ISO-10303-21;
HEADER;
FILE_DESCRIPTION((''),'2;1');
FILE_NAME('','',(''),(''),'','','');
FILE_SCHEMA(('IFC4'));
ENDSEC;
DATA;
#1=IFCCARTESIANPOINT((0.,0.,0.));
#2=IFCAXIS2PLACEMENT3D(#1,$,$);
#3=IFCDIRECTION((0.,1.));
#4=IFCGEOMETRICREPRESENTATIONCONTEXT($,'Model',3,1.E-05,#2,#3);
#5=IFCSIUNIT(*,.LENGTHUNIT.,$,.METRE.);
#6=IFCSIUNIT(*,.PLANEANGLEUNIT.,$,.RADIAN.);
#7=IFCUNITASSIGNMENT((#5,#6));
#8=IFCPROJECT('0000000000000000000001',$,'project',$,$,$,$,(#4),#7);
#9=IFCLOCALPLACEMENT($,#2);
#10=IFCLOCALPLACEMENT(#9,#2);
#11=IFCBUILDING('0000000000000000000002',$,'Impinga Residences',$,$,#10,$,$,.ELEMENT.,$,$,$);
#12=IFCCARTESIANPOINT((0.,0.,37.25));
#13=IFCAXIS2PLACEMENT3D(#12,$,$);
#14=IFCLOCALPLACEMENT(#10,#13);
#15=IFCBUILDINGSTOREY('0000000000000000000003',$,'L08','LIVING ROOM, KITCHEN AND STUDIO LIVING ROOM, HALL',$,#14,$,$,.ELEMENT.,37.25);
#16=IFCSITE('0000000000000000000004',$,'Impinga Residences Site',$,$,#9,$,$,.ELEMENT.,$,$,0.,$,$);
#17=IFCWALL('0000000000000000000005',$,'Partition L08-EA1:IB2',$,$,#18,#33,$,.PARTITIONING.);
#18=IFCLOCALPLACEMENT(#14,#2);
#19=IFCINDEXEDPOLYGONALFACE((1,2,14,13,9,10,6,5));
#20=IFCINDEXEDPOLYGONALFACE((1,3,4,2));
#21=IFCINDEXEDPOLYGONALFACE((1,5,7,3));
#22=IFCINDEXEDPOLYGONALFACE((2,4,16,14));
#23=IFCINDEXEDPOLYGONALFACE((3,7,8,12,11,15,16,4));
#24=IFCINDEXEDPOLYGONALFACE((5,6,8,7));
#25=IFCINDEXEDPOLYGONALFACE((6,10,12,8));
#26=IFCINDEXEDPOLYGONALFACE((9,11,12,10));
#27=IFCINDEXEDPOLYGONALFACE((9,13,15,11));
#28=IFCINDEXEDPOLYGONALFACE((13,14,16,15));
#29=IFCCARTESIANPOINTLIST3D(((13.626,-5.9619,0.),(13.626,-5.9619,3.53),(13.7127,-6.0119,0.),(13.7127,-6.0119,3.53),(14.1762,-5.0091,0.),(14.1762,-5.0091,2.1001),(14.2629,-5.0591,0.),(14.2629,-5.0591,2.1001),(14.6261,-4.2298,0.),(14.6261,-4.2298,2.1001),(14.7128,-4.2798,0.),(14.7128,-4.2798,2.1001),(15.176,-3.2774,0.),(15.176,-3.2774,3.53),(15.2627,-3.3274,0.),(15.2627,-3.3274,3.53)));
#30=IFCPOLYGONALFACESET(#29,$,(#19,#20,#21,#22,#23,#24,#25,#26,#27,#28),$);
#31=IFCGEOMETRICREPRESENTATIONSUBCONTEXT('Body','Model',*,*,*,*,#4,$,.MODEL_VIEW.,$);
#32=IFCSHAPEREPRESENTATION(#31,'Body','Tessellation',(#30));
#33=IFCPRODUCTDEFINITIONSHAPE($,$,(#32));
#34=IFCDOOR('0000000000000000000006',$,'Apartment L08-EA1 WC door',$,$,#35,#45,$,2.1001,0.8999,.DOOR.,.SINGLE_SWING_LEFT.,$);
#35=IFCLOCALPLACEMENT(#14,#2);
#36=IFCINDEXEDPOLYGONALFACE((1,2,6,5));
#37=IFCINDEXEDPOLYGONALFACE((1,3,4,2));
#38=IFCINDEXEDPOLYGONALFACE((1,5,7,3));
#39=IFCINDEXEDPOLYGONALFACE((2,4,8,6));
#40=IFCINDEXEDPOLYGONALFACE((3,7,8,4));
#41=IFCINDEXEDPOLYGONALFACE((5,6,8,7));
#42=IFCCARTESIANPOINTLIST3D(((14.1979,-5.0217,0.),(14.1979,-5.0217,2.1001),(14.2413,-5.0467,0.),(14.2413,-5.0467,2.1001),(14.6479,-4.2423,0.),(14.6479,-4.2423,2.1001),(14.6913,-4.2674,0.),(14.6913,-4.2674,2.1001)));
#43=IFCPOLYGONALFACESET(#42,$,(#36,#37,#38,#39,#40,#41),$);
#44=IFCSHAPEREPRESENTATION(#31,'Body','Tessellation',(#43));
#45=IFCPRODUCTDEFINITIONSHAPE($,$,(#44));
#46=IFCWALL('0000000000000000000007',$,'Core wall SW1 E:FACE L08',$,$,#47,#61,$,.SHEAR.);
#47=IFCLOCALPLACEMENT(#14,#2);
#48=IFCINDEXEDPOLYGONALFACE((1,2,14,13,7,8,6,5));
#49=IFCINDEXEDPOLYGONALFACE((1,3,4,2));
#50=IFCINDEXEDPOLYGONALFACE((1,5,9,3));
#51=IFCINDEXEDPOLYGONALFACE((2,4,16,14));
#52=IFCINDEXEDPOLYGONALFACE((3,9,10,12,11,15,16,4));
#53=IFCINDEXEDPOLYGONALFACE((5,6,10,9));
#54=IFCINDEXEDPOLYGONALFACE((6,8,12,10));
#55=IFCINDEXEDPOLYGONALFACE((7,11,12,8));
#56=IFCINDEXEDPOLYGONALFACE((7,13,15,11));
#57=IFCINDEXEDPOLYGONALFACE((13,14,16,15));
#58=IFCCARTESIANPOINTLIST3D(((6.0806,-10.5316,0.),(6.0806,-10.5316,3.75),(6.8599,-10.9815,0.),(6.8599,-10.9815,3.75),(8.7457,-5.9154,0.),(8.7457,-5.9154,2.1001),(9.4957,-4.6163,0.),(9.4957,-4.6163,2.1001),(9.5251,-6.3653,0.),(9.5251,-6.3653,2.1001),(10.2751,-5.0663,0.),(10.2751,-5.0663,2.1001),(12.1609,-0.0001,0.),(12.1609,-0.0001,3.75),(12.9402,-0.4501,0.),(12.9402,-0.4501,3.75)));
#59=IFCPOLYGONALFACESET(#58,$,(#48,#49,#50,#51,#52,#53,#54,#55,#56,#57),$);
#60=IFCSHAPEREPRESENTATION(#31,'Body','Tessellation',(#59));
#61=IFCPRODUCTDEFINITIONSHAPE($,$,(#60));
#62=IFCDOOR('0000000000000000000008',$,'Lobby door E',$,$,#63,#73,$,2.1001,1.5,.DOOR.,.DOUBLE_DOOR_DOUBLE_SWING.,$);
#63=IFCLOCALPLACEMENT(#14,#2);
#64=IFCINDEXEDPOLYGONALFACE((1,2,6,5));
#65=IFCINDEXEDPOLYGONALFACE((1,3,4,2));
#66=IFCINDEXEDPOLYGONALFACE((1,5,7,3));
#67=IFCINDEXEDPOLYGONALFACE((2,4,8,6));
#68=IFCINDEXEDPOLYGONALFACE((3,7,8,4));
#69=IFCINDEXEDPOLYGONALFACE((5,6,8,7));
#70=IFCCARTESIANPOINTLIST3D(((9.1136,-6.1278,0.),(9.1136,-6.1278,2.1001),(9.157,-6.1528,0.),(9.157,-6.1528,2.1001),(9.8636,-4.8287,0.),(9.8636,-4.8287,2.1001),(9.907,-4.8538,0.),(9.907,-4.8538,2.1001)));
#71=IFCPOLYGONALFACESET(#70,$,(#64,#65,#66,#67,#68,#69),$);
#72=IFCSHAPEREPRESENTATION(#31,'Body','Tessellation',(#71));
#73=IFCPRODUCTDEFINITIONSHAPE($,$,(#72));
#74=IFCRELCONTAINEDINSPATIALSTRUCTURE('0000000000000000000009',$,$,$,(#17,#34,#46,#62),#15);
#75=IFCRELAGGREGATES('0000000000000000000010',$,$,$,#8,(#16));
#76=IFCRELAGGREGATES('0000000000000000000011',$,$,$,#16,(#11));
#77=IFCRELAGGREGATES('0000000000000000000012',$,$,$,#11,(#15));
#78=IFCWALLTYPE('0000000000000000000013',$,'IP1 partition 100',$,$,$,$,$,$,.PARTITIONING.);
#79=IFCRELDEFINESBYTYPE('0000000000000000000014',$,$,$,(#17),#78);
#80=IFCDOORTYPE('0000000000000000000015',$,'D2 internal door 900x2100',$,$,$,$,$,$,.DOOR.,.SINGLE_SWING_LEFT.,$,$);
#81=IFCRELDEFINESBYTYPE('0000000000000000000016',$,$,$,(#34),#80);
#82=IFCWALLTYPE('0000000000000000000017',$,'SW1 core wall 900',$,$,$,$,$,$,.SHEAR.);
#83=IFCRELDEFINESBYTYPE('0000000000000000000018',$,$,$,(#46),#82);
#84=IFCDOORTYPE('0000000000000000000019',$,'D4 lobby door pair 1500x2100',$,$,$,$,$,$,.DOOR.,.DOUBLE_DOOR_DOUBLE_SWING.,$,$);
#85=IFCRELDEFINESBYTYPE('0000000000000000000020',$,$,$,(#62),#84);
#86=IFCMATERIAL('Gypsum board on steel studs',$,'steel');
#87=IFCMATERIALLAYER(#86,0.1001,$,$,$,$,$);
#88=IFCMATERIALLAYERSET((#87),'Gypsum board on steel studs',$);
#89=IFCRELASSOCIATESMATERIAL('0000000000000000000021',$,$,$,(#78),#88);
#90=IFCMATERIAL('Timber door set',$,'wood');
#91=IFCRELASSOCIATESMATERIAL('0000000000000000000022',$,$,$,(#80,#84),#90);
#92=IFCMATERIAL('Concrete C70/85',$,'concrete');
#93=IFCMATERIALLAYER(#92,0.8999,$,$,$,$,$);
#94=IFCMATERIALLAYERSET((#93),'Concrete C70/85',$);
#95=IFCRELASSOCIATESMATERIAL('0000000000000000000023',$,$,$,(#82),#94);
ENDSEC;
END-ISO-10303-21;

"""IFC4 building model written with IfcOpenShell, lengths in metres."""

from ifc_helpers import new_model, si_unit, direction, frame, frame_2d, origin, place, context, subcontext, project, spatial, rectangle, extrude, material, layer, layer_set, type_object, element, fill, save


model = new_model("IFC4")

# Units and contexts
model_context = context("Model", 3, precision=1e-05, world=origin(), true_north=direction((0.0, 1.0)))
body_context = subcontext(model_context, "Body", "Model", "MODEL_VIEW")
ifc_project = project(units=[si_unit("LENGTHUNIT", "METRE"), si_unit("PLANEANGLEUNIT", "RADIAN")], contexts=[model_context])

# Site, building, storey
site_placement = place(None, origin())
site = spatial("IfcSite", under=ifc_project, at=site_placement, Name="Impinga Residences Site", CompositionType="ELEMENT", RefElevation=0.0)
building_placement = place(site_placement, origin())
building = spatial("IfcBuilding", under=site, at=building_placement, Name="Impinga Residences", CompositionType="ELEMENT")
storey_placement = place(building_placement, frame((0.0, 0.0, 37.25)))
storey = spatial("IfcBuildingStorey", under=building, at=storey_placement, Name="L08", Description="LIVING ROOM, KITCHEN AND STUDIO LIVING ROOM, HALL", CompositionType="ELEMENT", Elevation=37.25)

# Shared definitions
ifc_material_1 = material(Name="Concrete C70/85", Category="concrete")
ifc_material_2 = material(Name="Timber door set", Category="wood")

# Shared definitions
ifc_material_3 = material(Name="Gypsum board on steel studs", Category="steel")
ifc_layer_1 = layer(ifc_material_3, 0.1001)
ifc_layer_set_1 = layer_set([ifc_layer_1], Name="Gypsum board on steel studs")
wall_type_1 = type_object("IfcWallType", Name="IP1 partition 100", PredefinedType="PARTITIONING", material=ifc_layer_set_1)

# Walls, openings, doors
door_type_1 = type_object("IfcDoorType", Name="D2 internal door 900x2100", OperationType="SINGLE_SWING_LEFT", PredefinedType="DOOR", material=ifc_material_2)
wall_1_placement = place(storey_placement, frame((13.6694, -5.9868, 0.0), z_axis=(0.0, 0.0, 1.0), x_axis=(0.500027, 0.86601, 0.0)))
wall_1 = element("IfcWall", 1, at=wall_1_placement, inside=storey, type_object=wall_type_1, Name="Partition L08-EA1:IB2", PredefinedType="PARTITIONING", context=body_context, shape_type="SweptSolid", body=[
    extrude(rectangle(XDim=3.0999, YDim=0.1001, at=frame_2d((1.5498, 0.0))), origin(), (0.0, 0.0, 1.0), 3.53),
])
opening_1_placement = place(wall_1_placement, frame((1.1001, 0.0, 0.0)))
opening_1 = element("IfcOpeningElement", 2, at=opening_1_placement, cuts=wall_1, PredefinedType="OPENING", context=body_context, shape_type="SweptSolid", body=[
    extrude(rectangle(XDim=0.8999, YDim=2.1001, at=frame_2d((0.45, 1.05))), frame((0.0, 0.0601, 0.0), z_axis=(0.0, -1.0, 0.0), x_axis=(1.0, 0.0, 0.0)), (0.0, 0.0, 1.0), 0.1201),
])
door_1_placement = place(opening_1_placement, origin())
door_1 = element("IfcDoor", 3, at=door_1_placement, inside=storey, type_object=door_type_1, Name="Apartment L08-EA1 WC door", OperationType="SINGLE_SWING_LEFT", OverallHeight=2.1001, OverallWidth=0.8999, PredefinedType="DOOR", context=body_context, shape_type="SweptSolid", body=[
    extrude(rectangle(XDim=0.8999, YDim=2.1001, at=frame_2d((0.45, 1.05))), frame((0.0, 0.0249, 0.0), z_axis=(0.0, -1.0, 0.0), x_axis=(1.0, 0.0, 0.0)), (0.0, 0.0, 1.0), 0.05),
])
fill(opening_1, door_1)
ifc_layer_2 = layer(ifc_material_1, 0.8999)
ifc_layer_set_2 = layer_set([ifc_layer_2], Name="Concrete C70/85")
wall_type_2 = type_object("IfcWallType", Name="SW1 core wall 900", PredefinedType="SHEAR", material=ifc_layer_set_2)
wall_2_placement = place(storey_placement, frame((12.5505, -0.2251, 0.0), z_axis=(0.0, 0.0, 1.0), x_axis=(-0.499998, -0.866027, 0.0)))
wall_2 = element("IfcWall", 4, at=wall_2_placement, inside=storey, type_object=wall_type_2, Name="Core wall SW1 E:FACE L08", PredefinedType="SHEAR", context=body_context, shape_type="SweptSolid", body=[
    extrude(rectangle(XDim=12.1606, YDim=0.8999, at=frame_2d((6.0803, 0.0))), origin(), (0.0, 0.0, 1.0), 3.75),
])
opening_2_placement = place(wall_2_placement, frame((5.3303, 0.0, 0.0)))
opening_2 = element("IfcOpeningElement", 5, at=opening_2_placement, cuts=wall_2, PredefinedType="OPENING", context=body_context, shape_type="SweptSolid", body=[
    extrude(rectangle(XDim=1.5, YDim=2.1001, at=frame_2d((0.75, 1.05))), frame((0.0, 0.46, 0.0), z_axis=(0.0, -1.0, 0.0), x_axis=(1.0, 0.0, 0.0)), (0.0, 0.0, 1.0), 0.9199),
])
door_type_2 = type_object("IfcDoorType", Name="D4 lobby door pair 1500x2100", OperationType="DOUBLE_DOOR_DOUBLE_SWING", PredefinedType="DOOR", material=ifc_material_2)
door_2_placement = place(opening_2_placement, origin())
door_2 = element("IfcDoor", 6, at=door_2_placement, inside=storey, type_object=door_type_2, Name="Lobby door E", OperationType="DOUBLE_DOOR_DOUBLE_SWING", OverallHeight=2.1001, OverallWidth=1.5, PredefinedType="DOOR", context=body_context, shape_type="SweptSolid", body=[
    extrude(rectangle(XDim=1.5, YDim=2.1001, at=frame_2d((0.75, 1.05))), frame((0.0, 0.0249, 0.0), z_axis=(0.0, -1.0, 0.0), x_axis=(1.0, 0.0, 0.0)), (0.0, 0.0, 1.0), 0.05),
])
fill(opening_2, door_2)

save(model, "model.ifc")
